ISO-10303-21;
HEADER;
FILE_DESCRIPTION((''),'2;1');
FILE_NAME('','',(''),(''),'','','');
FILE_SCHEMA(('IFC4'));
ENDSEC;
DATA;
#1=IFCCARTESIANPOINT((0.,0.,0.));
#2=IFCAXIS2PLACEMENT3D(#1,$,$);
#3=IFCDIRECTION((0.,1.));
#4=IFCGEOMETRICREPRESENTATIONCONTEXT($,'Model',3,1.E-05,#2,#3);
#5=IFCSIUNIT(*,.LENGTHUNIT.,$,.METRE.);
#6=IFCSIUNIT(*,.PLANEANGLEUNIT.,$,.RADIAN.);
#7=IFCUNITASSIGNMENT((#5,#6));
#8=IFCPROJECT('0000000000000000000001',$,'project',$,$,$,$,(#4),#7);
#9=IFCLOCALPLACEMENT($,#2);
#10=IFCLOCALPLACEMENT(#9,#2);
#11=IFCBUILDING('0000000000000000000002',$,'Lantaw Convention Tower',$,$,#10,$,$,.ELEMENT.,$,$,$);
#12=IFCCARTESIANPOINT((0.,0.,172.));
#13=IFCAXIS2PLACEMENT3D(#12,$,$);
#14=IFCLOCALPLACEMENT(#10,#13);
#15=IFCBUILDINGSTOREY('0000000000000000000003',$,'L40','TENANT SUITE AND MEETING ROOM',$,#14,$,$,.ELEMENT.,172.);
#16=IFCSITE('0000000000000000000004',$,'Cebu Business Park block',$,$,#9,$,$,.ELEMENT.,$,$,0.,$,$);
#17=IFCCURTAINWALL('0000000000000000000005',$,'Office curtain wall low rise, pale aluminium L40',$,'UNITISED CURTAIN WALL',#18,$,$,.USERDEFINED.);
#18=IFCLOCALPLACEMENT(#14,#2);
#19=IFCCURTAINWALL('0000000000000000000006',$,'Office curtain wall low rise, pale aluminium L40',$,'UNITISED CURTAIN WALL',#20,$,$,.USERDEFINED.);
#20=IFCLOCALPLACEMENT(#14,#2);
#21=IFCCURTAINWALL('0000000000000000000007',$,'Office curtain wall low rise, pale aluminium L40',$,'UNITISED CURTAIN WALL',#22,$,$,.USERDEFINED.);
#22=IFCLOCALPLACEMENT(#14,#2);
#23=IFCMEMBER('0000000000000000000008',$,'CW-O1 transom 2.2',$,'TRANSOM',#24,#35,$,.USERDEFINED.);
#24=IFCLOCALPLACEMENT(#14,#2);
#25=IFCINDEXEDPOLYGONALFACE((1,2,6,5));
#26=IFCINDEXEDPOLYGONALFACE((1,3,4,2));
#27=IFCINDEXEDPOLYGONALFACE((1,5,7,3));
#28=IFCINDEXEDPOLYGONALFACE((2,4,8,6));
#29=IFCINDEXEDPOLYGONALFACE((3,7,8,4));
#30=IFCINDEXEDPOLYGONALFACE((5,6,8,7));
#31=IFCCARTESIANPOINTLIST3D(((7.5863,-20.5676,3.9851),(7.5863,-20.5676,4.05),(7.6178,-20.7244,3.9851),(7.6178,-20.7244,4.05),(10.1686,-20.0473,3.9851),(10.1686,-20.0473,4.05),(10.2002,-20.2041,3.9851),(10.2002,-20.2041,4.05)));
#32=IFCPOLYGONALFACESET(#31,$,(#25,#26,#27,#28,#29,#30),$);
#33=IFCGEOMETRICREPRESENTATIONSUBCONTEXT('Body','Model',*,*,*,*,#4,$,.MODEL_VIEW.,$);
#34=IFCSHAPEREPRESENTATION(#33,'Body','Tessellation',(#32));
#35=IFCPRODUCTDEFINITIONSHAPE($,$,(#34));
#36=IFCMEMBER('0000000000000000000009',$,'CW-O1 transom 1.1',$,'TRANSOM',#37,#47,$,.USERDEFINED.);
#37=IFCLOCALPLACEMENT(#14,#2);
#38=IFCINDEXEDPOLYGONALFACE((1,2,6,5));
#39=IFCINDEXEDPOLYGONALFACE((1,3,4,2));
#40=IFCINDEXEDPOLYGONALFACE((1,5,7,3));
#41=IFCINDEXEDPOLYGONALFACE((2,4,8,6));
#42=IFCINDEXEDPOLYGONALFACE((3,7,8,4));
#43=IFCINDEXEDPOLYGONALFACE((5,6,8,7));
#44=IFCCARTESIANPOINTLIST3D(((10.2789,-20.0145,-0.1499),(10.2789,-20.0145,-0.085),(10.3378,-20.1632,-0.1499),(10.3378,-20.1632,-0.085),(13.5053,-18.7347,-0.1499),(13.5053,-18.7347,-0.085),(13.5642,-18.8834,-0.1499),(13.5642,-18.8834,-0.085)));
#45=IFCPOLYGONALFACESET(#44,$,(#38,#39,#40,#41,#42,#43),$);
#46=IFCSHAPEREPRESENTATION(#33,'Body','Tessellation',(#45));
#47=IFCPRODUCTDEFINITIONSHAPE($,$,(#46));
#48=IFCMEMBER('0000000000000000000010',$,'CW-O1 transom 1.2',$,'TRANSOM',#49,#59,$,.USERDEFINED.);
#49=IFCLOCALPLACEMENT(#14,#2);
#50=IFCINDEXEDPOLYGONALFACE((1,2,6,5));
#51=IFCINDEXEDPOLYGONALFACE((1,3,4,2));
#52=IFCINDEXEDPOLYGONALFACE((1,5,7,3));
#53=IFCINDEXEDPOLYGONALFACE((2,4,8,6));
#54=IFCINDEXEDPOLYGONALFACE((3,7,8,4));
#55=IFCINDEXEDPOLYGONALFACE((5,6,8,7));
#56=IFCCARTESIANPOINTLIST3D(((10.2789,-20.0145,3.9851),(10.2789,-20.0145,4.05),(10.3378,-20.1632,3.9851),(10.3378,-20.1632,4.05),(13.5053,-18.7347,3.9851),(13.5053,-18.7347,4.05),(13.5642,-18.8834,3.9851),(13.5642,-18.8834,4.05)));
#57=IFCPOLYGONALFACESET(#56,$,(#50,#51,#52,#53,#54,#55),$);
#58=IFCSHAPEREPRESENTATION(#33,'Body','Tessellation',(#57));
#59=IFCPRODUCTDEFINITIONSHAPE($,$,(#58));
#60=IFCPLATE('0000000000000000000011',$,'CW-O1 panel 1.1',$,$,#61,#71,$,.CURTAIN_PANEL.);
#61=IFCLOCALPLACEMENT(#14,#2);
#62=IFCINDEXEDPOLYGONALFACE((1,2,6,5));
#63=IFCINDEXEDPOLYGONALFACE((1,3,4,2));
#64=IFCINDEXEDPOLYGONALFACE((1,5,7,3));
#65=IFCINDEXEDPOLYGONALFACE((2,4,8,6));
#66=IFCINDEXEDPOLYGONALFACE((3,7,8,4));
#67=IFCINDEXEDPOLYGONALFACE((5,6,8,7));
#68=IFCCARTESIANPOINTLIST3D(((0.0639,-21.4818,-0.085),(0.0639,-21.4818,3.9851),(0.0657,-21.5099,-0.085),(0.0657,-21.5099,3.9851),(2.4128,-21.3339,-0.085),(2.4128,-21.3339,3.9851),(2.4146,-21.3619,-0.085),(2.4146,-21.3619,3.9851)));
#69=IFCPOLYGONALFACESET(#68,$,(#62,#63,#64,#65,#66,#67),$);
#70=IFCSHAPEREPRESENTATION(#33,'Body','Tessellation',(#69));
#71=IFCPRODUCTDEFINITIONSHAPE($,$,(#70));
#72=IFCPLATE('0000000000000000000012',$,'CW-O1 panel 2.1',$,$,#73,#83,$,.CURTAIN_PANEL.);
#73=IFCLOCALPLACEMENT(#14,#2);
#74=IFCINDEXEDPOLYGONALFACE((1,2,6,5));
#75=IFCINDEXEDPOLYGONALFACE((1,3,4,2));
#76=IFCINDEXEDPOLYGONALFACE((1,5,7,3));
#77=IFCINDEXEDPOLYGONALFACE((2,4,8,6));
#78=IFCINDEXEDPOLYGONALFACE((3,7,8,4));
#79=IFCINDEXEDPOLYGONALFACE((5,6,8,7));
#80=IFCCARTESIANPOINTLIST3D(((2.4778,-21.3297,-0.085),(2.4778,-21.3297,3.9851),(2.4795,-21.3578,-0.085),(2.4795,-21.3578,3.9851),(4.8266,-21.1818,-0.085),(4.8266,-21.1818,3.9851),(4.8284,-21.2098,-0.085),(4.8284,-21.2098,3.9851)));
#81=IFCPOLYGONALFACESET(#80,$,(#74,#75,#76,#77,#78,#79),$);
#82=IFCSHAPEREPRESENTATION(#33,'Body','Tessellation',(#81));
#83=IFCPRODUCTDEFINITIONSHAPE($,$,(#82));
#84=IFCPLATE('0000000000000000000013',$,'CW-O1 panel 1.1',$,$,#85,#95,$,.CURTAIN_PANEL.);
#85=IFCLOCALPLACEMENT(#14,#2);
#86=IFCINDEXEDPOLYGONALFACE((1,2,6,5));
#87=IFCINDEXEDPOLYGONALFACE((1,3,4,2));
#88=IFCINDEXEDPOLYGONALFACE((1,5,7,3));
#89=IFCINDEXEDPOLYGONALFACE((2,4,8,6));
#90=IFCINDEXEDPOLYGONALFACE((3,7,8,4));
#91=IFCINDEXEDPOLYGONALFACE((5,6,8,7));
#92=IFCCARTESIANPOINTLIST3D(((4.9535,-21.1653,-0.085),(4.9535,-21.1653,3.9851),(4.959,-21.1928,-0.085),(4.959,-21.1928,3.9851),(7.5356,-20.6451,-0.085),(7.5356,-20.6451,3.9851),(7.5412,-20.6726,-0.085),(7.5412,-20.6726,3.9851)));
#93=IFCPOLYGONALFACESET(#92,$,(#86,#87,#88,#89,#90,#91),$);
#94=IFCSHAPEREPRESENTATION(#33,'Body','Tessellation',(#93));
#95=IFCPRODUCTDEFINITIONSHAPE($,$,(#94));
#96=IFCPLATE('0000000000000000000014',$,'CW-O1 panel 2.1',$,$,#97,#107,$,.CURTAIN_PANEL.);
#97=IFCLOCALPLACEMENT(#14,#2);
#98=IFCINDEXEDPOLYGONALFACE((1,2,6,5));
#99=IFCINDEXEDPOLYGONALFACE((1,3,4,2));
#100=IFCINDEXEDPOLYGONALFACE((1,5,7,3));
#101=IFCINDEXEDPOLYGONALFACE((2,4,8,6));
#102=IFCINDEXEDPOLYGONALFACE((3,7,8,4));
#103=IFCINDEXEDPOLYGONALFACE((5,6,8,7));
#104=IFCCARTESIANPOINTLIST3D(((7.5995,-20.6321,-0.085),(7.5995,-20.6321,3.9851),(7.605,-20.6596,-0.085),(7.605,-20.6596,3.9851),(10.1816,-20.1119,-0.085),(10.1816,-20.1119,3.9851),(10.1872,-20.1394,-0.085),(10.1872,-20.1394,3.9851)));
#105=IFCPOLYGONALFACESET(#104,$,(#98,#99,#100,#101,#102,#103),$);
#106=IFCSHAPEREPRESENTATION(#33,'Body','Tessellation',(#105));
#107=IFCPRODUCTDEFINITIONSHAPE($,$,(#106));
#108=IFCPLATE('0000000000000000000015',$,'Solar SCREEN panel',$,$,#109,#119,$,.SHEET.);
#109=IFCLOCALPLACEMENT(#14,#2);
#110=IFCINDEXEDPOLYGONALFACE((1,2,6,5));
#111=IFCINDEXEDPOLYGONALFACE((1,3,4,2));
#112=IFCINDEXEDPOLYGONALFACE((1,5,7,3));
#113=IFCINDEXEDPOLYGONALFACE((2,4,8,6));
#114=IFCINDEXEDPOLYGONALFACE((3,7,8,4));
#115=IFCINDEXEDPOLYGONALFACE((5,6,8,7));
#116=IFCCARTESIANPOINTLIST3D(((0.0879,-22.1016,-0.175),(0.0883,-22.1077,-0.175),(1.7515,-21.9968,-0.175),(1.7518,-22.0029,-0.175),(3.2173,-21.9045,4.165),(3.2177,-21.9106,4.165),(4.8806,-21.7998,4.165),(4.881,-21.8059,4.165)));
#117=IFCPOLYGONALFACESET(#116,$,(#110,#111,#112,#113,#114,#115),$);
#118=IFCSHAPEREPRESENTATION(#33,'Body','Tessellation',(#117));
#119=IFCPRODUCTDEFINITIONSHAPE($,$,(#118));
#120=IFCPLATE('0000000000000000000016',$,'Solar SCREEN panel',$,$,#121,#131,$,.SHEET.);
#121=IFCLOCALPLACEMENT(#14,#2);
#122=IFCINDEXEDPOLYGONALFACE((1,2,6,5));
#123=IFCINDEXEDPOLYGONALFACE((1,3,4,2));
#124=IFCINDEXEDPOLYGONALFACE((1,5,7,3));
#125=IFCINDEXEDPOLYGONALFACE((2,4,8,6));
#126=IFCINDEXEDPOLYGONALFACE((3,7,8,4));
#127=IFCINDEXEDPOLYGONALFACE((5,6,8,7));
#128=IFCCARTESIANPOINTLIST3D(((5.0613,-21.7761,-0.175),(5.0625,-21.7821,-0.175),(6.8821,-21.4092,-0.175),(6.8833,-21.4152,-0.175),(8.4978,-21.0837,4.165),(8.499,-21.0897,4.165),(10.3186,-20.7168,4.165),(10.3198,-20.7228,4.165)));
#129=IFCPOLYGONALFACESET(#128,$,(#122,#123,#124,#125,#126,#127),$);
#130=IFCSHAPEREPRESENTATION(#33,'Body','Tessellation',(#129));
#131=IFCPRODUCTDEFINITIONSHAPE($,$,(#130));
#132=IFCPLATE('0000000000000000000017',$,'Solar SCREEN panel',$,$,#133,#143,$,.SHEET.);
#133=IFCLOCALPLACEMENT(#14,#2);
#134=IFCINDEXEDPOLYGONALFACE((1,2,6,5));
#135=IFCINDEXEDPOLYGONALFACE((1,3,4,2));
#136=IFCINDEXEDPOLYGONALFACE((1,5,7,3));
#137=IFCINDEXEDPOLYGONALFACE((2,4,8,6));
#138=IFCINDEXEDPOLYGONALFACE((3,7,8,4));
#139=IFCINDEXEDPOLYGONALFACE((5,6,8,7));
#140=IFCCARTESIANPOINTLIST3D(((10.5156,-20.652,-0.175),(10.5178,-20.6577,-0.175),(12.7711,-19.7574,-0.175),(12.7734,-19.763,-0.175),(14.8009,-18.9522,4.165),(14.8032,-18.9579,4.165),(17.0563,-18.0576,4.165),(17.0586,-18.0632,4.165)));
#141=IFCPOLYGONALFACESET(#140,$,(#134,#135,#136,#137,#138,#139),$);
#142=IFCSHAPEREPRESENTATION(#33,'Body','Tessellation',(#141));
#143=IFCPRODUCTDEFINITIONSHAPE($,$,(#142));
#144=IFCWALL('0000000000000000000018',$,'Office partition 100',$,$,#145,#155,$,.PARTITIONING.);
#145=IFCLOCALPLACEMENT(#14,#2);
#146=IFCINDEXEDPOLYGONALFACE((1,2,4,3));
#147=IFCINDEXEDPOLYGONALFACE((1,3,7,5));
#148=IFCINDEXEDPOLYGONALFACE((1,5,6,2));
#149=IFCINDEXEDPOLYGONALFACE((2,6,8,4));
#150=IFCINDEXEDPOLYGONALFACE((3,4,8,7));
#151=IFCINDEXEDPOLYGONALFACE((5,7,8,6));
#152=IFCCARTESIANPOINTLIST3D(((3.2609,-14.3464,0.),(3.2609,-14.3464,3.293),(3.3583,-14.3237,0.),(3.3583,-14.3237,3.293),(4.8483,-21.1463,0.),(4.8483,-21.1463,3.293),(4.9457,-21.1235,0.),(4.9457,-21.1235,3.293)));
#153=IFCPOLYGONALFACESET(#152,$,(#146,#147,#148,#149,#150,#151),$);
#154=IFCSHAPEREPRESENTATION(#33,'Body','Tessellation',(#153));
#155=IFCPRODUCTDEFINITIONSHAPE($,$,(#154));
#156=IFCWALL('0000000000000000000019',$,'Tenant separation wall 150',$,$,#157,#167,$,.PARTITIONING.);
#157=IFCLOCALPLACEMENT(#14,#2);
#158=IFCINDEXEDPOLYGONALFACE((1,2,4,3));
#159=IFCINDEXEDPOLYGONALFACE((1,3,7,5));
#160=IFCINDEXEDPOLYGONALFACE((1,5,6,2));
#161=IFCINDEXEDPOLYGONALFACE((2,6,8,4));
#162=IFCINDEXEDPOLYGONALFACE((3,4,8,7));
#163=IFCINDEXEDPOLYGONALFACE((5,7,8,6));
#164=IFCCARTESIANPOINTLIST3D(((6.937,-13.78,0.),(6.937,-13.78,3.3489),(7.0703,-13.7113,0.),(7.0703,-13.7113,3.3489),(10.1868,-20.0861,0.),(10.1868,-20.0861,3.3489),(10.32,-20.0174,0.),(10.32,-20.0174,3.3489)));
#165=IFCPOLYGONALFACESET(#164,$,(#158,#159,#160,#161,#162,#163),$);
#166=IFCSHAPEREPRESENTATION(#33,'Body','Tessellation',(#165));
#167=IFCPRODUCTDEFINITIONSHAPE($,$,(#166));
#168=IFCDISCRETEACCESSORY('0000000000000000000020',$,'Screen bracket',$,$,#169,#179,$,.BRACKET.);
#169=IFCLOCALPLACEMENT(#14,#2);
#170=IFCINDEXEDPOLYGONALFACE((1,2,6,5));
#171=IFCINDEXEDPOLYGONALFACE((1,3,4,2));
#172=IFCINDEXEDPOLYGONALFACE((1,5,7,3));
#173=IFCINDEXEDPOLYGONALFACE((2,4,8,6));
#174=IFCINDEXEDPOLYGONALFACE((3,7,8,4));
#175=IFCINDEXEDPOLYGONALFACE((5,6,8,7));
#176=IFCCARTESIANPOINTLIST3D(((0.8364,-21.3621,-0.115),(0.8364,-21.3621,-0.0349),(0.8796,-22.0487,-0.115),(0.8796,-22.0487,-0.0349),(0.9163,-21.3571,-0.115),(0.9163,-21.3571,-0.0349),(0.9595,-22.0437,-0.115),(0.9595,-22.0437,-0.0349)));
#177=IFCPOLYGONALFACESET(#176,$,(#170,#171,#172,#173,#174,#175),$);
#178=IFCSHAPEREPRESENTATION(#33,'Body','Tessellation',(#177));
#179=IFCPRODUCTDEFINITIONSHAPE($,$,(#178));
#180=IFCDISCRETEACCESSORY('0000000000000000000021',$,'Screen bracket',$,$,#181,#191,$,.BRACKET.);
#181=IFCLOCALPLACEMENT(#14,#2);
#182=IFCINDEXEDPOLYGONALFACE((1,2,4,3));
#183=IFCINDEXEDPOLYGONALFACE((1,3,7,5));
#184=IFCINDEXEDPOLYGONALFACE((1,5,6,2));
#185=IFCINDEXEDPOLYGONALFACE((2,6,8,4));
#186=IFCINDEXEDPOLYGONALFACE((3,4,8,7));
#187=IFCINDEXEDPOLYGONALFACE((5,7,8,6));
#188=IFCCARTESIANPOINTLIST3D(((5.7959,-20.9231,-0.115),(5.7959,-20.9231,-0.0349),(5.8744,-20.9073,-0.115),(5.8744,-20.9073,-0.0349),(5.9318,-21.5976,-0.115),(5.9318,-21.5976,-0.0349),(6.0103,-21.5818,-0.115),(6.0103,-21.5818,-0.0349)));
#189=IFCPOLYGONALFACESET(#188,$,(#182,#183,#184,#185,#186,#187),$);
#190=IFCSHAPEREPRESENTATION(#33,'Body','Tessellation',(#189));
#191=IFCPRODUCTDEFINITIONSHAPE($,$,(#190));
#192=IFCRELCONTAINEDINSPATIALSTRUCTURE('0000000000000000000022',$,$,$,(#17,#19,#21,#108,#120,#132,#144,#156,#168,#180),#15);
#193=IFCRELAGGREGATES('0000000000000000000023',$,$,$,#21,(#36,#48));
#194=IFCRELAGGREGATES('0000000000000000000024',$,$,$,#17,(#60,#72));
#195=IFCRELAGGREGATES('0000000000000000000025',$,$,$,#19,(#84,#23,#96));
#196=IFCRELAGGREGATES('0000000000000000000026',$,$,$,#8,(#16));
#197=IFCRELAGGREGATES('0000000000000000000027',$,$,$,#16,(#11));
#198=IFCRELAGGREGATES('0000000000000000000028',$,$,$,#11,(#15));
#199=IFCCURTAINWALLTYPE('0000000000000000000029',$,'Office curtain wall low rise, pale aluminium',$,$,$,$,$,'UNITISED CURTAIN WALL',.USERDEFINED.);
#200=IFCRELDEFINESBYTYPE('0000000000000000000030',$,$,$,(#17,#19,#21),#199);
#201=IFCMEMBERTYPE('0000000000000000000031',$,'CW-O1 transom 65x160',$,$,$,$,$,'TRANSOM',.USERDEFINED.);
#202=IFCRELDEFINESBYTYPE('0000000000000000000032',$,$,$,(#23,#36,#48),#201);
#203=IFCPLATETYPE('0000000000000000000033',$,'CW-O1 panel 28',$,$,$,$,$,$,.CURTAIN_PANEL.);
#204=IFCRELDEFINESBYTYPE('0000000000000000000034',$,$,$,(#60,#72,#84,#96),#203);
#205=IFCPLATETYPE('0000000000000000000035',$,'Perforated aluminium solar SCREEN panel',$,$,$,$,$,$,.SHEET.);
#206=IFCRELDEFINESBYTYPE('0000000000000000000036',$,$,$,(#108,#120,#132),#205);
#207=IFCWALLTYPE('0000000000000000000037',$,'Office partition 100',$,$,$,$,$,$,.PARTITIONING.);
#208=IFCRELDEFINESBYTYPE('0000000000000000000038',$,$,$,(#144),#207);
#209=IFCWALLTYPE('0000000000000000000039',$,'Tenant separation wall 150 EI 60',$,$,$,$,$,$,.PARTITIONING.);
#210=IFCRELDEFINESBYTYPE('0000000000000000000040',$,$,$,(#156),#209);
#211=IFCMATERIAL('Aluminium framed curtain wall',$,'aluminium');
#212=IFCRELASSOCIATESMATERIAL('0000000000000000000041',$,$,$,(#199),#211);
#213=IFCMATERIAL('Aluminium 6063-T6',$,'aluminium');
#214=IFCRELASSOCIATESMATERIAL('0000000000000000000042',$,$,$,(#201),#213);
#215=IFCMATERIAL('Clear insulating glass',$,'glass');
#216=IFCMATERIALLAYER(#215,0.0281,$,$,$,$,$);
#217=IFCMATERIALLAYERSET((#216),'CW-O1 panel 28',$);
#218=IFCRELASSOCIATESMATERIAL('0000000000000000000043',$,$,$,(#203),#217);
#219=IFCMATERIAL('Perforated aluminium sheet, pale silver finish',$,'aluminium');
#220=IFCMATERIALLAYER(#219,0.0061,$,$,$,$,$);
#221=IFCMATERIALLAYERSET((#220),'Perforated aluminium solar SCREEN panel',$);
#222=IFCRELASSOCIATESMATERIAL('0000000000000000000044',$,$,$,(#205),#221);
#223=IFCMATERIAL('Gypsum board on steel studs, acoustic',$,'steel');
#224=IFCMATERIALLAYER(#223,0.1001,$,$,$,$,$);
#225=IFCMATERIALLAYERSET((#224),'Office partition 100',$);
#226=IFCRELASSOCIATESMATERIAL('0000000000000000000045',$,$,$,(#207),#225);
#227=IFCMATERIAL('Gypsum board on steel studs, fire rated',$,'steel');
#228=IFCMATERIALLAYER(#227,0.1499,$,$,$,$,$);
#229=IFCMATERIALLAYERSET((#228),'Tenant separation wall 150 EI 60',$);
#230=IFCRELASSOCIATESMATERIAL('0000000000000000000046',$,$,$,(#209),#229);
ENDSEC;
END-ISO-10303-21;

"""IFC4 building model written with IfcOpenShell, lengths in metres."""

from ifc_helpers import new_model, si_unit, direction, frame, frame_2d, origin, origin_2d, place, context, subcontext, project, spatial, polyline, rectangle, outline, extrude, material, layer, layer_set, material_profile, profile_set, type_object, element, aggregate, save


model = new_model("IFC4")

# Units and contexts
model_context = context("Model", 3, precision=1e-05, world=origin(), true_north=direction((0.0, 1.0)))
body_context = subcontext(model_context, "Body", "Model", "MODEL_VIEW")
ifc_project = project(units=[si_unit("LENGTHUNIT", "METRE"), si_unit("PLANEANGLEUNIT", "RADIAN")], contexts=[model_context])

# Site, building, storey
site_placement = place(None, origin())
site = spatial("IfcSite", under=ifc_project, at=site_placement, Name="Cebu Business Park block", CompositionType="ELEMENT", RefElevation=0.0)
building_placement = place(site_placement, origin())
building = spatial("IfcBuilding", under=site, at=building_placement, Name="Lantaw Convention Tower", CompositionType="ELEMENT")
storey_placement = place(building_placement, frame((0.0, 0.0, 172.0)))
storey = spatial("IfcBuildingStorey", under=building, at=storey_placement, Name="L40", Description="TENANT SUITE AND MEETING ROOM", CompositionType="ELEMENT", Elevation=172.0)

# Curtain walls
ifc_material_1 = material(Name="Aluminium framed curtain wall", Category="aluminium")
curtain_wall_type = type_object("IfcCurtainWallType", Name="Office curtain wall low rise, pale aluminium", ElementType="UNITISED CURTAIN WALL", PredefinedType="USERDEFINED", material=ifc_material_1)
curtain_wall_1_placement = place(storey_placement, origin())
curtain_wall_1 = element("IfcCurtainWall", 1, at=curtain_wall_1_placement, inside=storey, type_object=curtain_wall_type, Name="Office curtain wall low rise, pale aluminium L40", ObjectType="UNITISED CURTAIN WALL", PredefinedType="USERDEFINED")
ifc_material_2 = material(Name="Aluminium 6063-T6", Category="aluminium")
curtain_wall_2_placement = place(storey_placement, origin())
curtain_wall_2 = element("IfcCurtainWall", 2, at=curtain_wall_2_placement, inside=storey, type_object=curtain_wall_type, Name="Office curtain wall low rise, pale aluminium L40", ObjectType="UNITISED CURTAIN WALL", PredefinedType="USERDEFINED")

# Curtain wall
curtain_wall_3_placement = place(storey_placement, origin())
curtain_wall_3 = element("IfcCurtainWall", 3, at=curtain_wall_3_placement, inside=storey, type_object=curtain_wall_type, Name="Office curtain wall low rise, pale aluminium L40", ObjectType="UNITISED CURTAIN WALL", PredefinedType="USERDEFINED")

# Members
ifc_material_profile_1 = material_profile(ifc_material_2, rectangle(XDim=0.1599, YDim=0.0649, at=origin_2d()), Name="CW-O1 transom 65x160")
ifc_profile_set_1 = profile_set([ifc_material_profile_1], Name="Aluminium 6063-T6")
member_type_1 = type_object("IfcMemberType", Name="CW-O1 transom 65x160", ElementType="TRANSOM", PredefinedType="USERDEFINED", material=ifc_profile_set_1)
member_1_placement = place(storey_placement, frame((7.6021, -20.646, 4.0176), z_axis=(0.980302, 0.197506, 0.0), x_axis=(-0.197506, 0.980302, 0.0)))
member_1 = element("IfcMember", 4, at=member_1_placement, type_object=member_type_1, Name="CW-O1 transom 2.2", ObjectType="TRANSOM", PredefinedType="USERDEFINED", context=body_context, shape_type="SweptSolid", body=[
    extrude(rectangle(XDim=0.1599, YDim=0.0649, at=origin_2d()), origin(), (0.0, 0.0, 1.0), 2.6343),
])
member_2_placement = place(storey_placement, frame((10.3083, -20.0889, -0.1174), z_axis=(0.92954, 0.368721, 0.0), x_axis=(-0.368721, 0.92954, 0.0)))
member_2 = element("IfcMember", 5, at=member_2_placement, type_object=member_type_1, Name="CW-O1 transom 1.1", ObjectType="TRANSOM", PredefinedType="USERDEFINED", context=body_context, shape_type="SweptSolid", body=[
    extrude(rectangle(XDim=0.1599, YDim=0.0649, at=origin_2d()), origin(), (0.0, 0.0, 1.0), 3.4709),
])
member_3_placement = place(storey_placement, frame((10.3083, -20.0889, 4.0176), z_axis=(0.92954, 0.368721, 0.0), x_axis=(-0.368721, 0.92954, 0.0)))
member_3 = element("IfcMember", 6, at=member_3_placement, type_object=member_type_1, Name="CW-O1 transom 1.2", ObjectType="TRANSOM", PredefinedType="USERDEFINED", context=body_context, shape_type="SweptSolid", body=[
    extrude(rectangle(XDim=0.1599, YDim=0.0649, at=origin_2d()), origin(), (0.0, 0.0, 1.0), 3.4709),
])
aggregate(curtain_wall_3, [member_2, member_3])

# Plates
ifc_material_3 = material(Name="Clear insulating glass", Category="glass")
ifc_layer_1 = layer(ifc_material_3, 0.0281)
ifc_layer_set_1 = layer_set([ifc_layer_1], Name="CW-O1 panel 28")
plate_type_1 = type_object("IfcPlateType", Name="CW-O1 panel 28", PredefinedType="CURTAIN_PANEL", material=ifc_layer_set_1)
plate_1_placement = place(storey_placement, frame((1.2393, -21.4219, -0.085), z_axis=(0.0, 0.0, 1.0), x_axis=(0.998022, 0.062865, 0.0)))
plate_1 = element("IfcPlate", 7, at=plate_1_placement, type_object=plate_type_1, Name="CW-O1 panel 1.1", PredefinedType="CURTAIN_PANEL", context=body_context, shape_type="SweptSolid", body=[
    extrude(rectangle(XDim=2.3535, YDim=0.0281, at=origin_2d()), origin(), (0.0, 0.0, 1.0), 4.0701),
])
plate_2_placement = place(storey_placement, frame((3.6531, -21.2698, -0.085), z_axis=(0.0, 0.0, 1.0), x_axis=(0.998022, 0.062865, 0.0)))
plate_2 = element("IfcPlate", 8, at=plate_2_placement, type_object=plate_type_1, Name="CW-O1 panel 2.1", PredefinedType="CURTAIN_PANEL", context=body_context, shape_type="SweptSolid", body=[
    extrude(rectangle(XDim=2.3535, YDim=0.0281, at=origin_2d()), origin(), (0.0, 0.0, 1.0), 4.0701),
])
aggregate(curtain_wall_1, [plate_1, plate_2])
plate_3_placement = place(storey_placement, frame((6.2473, -20.9189, -0.085), z_axis=(0.0, 0.0, 1.0), x_axis=(0.980302, 0.197507, 0.0)))
plate_3 = element("IfcPlate", 9, at=plate_3_placement, type_object=plate_type_1, Name="CW-O1 panel 1.1", PredefinedType="CURTAIN_PANEL", context=body_context, shape_type="SweptSolid", body=[
    extrude(rectangle(XDim=2.634, YDim=0.0281, at=origin_2d()), origin(), (0.0, 0.0, 1.0), 4.0701),
])
plate_4_placement = place(storey_placement, frame((8.8933, -20.3857, -0.085), z_axis=(0.0, 0.0, 1.0), x_axis=(0.980302, 0.197507, 0.0)))
plate_4 = element("IfcPlate", 10, at=plate_4_placement, type_object=plate_type_1, Name="CW-O1 panel 2.1", PredefinedType="CURTAIN_PANEL", context=body_context, shape_type="SweptSolid", body=[
    extrude(rectangle(XDim=2.634, YDim=0.0281, at=origin_2d()), origin(), (0.0, 0.0, 1.0), 4.0701),
])
aggregate(curtain_wall_2, [plate_3, member_1, plate_4])

# Plates
ifc_material_4 = material(Name="Perforated aluminium sheet, pale silver finish", Category="aluminium")
ifc_layer_2 = layer(ifc_material_4, 0.0061)
ifc_layer_set_2 = layer_set([ifc_layer_2], Name="Perforated aluminium solar SCREEN panel")
plate_type_2 = type_object("IfcPlateType", Name="Perforated aluminium solar SCREEN panel", PredefinedType="SHEET", material=ifc_layer_set_2)
plate_5_placement = place(storey_placement, frame((0.0879, -22.1016, -0.175), z_axis=(-0.062839, 0.998024, 0.000002), x_axis=(0.998024, 0.062839, 0.0)))
element("IfcPlate", 11, at=plate_5_placement, inside=storey, type_object=plate_type_2, Name="Solar SCREEN panel", PredefinedType="SHEET", context=body_context, shape_type="SweptSolid", body=[
    extrude(outline(polyline([(0.0, 0.0), (1.6669, 0.0), (4.8022, -4.3401), (3.1356, -4.3401), (0.0, 0.0)])), origin(), (0.0, 0.0, -1.0), 0.0061),
])
plate_6_placement = place(storey_placement, frame((5.0613, -21.7761, -0.175), z_axis=(-0.197557, 0.980291, 0.000039), x_axis=(0.980291, 0.197557, 0.0)))
element("IfcPlate", 12, at=plate_6_placement, inside=storey, type_object=plate_type_2, Name="Solar SCREEN panel", PredefinedType="SHEET", context=body_context, shape_type="SweptSolid", body=[
    extrude(outline(polyline([(0.0, 0.0), (1.8574, 0.0), (5.363, -4.3401), (3.5056, -4.3401), (0.0, 0.0)])), origin(), (0.0, 0.0, -1.0), 0.0061),
])
plate_7_placement = place(storey_placement, frame((10.5178, -20.6577, -0.175), z_axis=(0.368709, -0.929545, 0.000011), x_axis=(0.929545, 0.368709, 0.0)))
element("IfcPlate", 13, at=plate_7_placement, inside=storey, type_object=plate_type_2, Name="Solar SCREEN panel", PredefinedType="SHEET", context=body_context, shape_type="SweptSolid", body=[
    extrude(outline(polyline([(0.0, 0.0), (2.4265, 0.0), (7.0365, 4.3401), (4.6102, 4.3401), (0.0, 0.0)])), origin(), (0.0, 0.0, -1.0), 0.0061),
])

# Walls
ifc_material_5 = material(Name="Gypsum board on steel studs, acoustic", Category="steel")
ifc_layer_3 = layer(ifc_material_5, 0.1001)
ifc_layer_set_3 = layer_set([ifc_layer_3], Name="Office partition 100")
wall_type_1 = type_object("IfcWallType", Name="Office partition 100", PredefinedType="PARTITIONING", material=ifc_layer_set_3)
wall_1_placement = place(storey_placement, frame((4.897, -21.1348, 0.0), z_axis=(0.0, 0.0, 1.0), x_axis=(-0.227336, 0.973816, 0.0)))
element("IfcWall", 14, at=wall_1_placement, inside=storey, type_object=wall_type_1, Name="Office partition 100", PredefinedType="PARTITIONING", context=body_context, shape_type="SweptSolid", body=[
    extrude(rectangle(XDim=6.9827, YDim=0.1001, at=frame_2d((3.4912, 0.0))), origin(), (0.0, 0.0, 1.0), 3.293),
])
ifc_material_6 = material(Name="Gypsum board on steel studs, fire rated", Category="steel")
ifc_layer_4 = layer(ifc_material_6, 0.1499)
ifc_layer_set_4 = layer_set([ifc_layer_4], Name="Tenant separation wall 150 EI 60")
wall_type_2 = type_object("IfcWallType", Name="Tenant separation wall 150 EI 60", PredefinedType="PARTITIONING", material=ifc_layer_set_4)
wall_2_placement = place(storey_placement, frame((10.2534, -20.0518, 0.0), z_axis=(0.0, 0.0, 1.0), x_axis=(-0.458083, 0.88891, 0.0)))
element("IfcWall", 15, at=wall_2_placement, inside=storey, type_object=wall_type_2, Name="Tenant separation wall 150", PredefinedType="PARTITIONING", context=body_context, shape_type="SweptSolid", body=[
    extrude(rectangle(XDim=7.0942, YDim=0.1499, at=frame_2d((3.5471, 0.0))), origin(), (0.0, 0.0, 1.0), 3.3489),
])

# Discrete accessories
for number, where, z_axis, x_axis, name in (
    (16, (0.8979, -21.7029, -0.115), (0.0, 0.0, 1.0), (0.998022, 0.062865, 0.0), "Screen bracket"),
    (17, (5.9031, -21.2524, -0.115), (0.0, 0.0, 1.0), (0.980302, 0.197507, 0.0), "Screen bracket"),
):
    element("IfcDiscreteAccessory", number, at=place(storey_placement, frame(where, z_axis=z_axis, x_axis=x_axis)), inside=storey, Name=name, PredefinedType="BRACKET", context=body_context, shape_type="SweptSolid", body=[
        extrude(rectangle(XDim=0.0801, YDim=0.688, at=origin_2d()), origin(), (0.0, 0.0, 1.0), 0.0801),
    ])

save(model, "model.ifc")
